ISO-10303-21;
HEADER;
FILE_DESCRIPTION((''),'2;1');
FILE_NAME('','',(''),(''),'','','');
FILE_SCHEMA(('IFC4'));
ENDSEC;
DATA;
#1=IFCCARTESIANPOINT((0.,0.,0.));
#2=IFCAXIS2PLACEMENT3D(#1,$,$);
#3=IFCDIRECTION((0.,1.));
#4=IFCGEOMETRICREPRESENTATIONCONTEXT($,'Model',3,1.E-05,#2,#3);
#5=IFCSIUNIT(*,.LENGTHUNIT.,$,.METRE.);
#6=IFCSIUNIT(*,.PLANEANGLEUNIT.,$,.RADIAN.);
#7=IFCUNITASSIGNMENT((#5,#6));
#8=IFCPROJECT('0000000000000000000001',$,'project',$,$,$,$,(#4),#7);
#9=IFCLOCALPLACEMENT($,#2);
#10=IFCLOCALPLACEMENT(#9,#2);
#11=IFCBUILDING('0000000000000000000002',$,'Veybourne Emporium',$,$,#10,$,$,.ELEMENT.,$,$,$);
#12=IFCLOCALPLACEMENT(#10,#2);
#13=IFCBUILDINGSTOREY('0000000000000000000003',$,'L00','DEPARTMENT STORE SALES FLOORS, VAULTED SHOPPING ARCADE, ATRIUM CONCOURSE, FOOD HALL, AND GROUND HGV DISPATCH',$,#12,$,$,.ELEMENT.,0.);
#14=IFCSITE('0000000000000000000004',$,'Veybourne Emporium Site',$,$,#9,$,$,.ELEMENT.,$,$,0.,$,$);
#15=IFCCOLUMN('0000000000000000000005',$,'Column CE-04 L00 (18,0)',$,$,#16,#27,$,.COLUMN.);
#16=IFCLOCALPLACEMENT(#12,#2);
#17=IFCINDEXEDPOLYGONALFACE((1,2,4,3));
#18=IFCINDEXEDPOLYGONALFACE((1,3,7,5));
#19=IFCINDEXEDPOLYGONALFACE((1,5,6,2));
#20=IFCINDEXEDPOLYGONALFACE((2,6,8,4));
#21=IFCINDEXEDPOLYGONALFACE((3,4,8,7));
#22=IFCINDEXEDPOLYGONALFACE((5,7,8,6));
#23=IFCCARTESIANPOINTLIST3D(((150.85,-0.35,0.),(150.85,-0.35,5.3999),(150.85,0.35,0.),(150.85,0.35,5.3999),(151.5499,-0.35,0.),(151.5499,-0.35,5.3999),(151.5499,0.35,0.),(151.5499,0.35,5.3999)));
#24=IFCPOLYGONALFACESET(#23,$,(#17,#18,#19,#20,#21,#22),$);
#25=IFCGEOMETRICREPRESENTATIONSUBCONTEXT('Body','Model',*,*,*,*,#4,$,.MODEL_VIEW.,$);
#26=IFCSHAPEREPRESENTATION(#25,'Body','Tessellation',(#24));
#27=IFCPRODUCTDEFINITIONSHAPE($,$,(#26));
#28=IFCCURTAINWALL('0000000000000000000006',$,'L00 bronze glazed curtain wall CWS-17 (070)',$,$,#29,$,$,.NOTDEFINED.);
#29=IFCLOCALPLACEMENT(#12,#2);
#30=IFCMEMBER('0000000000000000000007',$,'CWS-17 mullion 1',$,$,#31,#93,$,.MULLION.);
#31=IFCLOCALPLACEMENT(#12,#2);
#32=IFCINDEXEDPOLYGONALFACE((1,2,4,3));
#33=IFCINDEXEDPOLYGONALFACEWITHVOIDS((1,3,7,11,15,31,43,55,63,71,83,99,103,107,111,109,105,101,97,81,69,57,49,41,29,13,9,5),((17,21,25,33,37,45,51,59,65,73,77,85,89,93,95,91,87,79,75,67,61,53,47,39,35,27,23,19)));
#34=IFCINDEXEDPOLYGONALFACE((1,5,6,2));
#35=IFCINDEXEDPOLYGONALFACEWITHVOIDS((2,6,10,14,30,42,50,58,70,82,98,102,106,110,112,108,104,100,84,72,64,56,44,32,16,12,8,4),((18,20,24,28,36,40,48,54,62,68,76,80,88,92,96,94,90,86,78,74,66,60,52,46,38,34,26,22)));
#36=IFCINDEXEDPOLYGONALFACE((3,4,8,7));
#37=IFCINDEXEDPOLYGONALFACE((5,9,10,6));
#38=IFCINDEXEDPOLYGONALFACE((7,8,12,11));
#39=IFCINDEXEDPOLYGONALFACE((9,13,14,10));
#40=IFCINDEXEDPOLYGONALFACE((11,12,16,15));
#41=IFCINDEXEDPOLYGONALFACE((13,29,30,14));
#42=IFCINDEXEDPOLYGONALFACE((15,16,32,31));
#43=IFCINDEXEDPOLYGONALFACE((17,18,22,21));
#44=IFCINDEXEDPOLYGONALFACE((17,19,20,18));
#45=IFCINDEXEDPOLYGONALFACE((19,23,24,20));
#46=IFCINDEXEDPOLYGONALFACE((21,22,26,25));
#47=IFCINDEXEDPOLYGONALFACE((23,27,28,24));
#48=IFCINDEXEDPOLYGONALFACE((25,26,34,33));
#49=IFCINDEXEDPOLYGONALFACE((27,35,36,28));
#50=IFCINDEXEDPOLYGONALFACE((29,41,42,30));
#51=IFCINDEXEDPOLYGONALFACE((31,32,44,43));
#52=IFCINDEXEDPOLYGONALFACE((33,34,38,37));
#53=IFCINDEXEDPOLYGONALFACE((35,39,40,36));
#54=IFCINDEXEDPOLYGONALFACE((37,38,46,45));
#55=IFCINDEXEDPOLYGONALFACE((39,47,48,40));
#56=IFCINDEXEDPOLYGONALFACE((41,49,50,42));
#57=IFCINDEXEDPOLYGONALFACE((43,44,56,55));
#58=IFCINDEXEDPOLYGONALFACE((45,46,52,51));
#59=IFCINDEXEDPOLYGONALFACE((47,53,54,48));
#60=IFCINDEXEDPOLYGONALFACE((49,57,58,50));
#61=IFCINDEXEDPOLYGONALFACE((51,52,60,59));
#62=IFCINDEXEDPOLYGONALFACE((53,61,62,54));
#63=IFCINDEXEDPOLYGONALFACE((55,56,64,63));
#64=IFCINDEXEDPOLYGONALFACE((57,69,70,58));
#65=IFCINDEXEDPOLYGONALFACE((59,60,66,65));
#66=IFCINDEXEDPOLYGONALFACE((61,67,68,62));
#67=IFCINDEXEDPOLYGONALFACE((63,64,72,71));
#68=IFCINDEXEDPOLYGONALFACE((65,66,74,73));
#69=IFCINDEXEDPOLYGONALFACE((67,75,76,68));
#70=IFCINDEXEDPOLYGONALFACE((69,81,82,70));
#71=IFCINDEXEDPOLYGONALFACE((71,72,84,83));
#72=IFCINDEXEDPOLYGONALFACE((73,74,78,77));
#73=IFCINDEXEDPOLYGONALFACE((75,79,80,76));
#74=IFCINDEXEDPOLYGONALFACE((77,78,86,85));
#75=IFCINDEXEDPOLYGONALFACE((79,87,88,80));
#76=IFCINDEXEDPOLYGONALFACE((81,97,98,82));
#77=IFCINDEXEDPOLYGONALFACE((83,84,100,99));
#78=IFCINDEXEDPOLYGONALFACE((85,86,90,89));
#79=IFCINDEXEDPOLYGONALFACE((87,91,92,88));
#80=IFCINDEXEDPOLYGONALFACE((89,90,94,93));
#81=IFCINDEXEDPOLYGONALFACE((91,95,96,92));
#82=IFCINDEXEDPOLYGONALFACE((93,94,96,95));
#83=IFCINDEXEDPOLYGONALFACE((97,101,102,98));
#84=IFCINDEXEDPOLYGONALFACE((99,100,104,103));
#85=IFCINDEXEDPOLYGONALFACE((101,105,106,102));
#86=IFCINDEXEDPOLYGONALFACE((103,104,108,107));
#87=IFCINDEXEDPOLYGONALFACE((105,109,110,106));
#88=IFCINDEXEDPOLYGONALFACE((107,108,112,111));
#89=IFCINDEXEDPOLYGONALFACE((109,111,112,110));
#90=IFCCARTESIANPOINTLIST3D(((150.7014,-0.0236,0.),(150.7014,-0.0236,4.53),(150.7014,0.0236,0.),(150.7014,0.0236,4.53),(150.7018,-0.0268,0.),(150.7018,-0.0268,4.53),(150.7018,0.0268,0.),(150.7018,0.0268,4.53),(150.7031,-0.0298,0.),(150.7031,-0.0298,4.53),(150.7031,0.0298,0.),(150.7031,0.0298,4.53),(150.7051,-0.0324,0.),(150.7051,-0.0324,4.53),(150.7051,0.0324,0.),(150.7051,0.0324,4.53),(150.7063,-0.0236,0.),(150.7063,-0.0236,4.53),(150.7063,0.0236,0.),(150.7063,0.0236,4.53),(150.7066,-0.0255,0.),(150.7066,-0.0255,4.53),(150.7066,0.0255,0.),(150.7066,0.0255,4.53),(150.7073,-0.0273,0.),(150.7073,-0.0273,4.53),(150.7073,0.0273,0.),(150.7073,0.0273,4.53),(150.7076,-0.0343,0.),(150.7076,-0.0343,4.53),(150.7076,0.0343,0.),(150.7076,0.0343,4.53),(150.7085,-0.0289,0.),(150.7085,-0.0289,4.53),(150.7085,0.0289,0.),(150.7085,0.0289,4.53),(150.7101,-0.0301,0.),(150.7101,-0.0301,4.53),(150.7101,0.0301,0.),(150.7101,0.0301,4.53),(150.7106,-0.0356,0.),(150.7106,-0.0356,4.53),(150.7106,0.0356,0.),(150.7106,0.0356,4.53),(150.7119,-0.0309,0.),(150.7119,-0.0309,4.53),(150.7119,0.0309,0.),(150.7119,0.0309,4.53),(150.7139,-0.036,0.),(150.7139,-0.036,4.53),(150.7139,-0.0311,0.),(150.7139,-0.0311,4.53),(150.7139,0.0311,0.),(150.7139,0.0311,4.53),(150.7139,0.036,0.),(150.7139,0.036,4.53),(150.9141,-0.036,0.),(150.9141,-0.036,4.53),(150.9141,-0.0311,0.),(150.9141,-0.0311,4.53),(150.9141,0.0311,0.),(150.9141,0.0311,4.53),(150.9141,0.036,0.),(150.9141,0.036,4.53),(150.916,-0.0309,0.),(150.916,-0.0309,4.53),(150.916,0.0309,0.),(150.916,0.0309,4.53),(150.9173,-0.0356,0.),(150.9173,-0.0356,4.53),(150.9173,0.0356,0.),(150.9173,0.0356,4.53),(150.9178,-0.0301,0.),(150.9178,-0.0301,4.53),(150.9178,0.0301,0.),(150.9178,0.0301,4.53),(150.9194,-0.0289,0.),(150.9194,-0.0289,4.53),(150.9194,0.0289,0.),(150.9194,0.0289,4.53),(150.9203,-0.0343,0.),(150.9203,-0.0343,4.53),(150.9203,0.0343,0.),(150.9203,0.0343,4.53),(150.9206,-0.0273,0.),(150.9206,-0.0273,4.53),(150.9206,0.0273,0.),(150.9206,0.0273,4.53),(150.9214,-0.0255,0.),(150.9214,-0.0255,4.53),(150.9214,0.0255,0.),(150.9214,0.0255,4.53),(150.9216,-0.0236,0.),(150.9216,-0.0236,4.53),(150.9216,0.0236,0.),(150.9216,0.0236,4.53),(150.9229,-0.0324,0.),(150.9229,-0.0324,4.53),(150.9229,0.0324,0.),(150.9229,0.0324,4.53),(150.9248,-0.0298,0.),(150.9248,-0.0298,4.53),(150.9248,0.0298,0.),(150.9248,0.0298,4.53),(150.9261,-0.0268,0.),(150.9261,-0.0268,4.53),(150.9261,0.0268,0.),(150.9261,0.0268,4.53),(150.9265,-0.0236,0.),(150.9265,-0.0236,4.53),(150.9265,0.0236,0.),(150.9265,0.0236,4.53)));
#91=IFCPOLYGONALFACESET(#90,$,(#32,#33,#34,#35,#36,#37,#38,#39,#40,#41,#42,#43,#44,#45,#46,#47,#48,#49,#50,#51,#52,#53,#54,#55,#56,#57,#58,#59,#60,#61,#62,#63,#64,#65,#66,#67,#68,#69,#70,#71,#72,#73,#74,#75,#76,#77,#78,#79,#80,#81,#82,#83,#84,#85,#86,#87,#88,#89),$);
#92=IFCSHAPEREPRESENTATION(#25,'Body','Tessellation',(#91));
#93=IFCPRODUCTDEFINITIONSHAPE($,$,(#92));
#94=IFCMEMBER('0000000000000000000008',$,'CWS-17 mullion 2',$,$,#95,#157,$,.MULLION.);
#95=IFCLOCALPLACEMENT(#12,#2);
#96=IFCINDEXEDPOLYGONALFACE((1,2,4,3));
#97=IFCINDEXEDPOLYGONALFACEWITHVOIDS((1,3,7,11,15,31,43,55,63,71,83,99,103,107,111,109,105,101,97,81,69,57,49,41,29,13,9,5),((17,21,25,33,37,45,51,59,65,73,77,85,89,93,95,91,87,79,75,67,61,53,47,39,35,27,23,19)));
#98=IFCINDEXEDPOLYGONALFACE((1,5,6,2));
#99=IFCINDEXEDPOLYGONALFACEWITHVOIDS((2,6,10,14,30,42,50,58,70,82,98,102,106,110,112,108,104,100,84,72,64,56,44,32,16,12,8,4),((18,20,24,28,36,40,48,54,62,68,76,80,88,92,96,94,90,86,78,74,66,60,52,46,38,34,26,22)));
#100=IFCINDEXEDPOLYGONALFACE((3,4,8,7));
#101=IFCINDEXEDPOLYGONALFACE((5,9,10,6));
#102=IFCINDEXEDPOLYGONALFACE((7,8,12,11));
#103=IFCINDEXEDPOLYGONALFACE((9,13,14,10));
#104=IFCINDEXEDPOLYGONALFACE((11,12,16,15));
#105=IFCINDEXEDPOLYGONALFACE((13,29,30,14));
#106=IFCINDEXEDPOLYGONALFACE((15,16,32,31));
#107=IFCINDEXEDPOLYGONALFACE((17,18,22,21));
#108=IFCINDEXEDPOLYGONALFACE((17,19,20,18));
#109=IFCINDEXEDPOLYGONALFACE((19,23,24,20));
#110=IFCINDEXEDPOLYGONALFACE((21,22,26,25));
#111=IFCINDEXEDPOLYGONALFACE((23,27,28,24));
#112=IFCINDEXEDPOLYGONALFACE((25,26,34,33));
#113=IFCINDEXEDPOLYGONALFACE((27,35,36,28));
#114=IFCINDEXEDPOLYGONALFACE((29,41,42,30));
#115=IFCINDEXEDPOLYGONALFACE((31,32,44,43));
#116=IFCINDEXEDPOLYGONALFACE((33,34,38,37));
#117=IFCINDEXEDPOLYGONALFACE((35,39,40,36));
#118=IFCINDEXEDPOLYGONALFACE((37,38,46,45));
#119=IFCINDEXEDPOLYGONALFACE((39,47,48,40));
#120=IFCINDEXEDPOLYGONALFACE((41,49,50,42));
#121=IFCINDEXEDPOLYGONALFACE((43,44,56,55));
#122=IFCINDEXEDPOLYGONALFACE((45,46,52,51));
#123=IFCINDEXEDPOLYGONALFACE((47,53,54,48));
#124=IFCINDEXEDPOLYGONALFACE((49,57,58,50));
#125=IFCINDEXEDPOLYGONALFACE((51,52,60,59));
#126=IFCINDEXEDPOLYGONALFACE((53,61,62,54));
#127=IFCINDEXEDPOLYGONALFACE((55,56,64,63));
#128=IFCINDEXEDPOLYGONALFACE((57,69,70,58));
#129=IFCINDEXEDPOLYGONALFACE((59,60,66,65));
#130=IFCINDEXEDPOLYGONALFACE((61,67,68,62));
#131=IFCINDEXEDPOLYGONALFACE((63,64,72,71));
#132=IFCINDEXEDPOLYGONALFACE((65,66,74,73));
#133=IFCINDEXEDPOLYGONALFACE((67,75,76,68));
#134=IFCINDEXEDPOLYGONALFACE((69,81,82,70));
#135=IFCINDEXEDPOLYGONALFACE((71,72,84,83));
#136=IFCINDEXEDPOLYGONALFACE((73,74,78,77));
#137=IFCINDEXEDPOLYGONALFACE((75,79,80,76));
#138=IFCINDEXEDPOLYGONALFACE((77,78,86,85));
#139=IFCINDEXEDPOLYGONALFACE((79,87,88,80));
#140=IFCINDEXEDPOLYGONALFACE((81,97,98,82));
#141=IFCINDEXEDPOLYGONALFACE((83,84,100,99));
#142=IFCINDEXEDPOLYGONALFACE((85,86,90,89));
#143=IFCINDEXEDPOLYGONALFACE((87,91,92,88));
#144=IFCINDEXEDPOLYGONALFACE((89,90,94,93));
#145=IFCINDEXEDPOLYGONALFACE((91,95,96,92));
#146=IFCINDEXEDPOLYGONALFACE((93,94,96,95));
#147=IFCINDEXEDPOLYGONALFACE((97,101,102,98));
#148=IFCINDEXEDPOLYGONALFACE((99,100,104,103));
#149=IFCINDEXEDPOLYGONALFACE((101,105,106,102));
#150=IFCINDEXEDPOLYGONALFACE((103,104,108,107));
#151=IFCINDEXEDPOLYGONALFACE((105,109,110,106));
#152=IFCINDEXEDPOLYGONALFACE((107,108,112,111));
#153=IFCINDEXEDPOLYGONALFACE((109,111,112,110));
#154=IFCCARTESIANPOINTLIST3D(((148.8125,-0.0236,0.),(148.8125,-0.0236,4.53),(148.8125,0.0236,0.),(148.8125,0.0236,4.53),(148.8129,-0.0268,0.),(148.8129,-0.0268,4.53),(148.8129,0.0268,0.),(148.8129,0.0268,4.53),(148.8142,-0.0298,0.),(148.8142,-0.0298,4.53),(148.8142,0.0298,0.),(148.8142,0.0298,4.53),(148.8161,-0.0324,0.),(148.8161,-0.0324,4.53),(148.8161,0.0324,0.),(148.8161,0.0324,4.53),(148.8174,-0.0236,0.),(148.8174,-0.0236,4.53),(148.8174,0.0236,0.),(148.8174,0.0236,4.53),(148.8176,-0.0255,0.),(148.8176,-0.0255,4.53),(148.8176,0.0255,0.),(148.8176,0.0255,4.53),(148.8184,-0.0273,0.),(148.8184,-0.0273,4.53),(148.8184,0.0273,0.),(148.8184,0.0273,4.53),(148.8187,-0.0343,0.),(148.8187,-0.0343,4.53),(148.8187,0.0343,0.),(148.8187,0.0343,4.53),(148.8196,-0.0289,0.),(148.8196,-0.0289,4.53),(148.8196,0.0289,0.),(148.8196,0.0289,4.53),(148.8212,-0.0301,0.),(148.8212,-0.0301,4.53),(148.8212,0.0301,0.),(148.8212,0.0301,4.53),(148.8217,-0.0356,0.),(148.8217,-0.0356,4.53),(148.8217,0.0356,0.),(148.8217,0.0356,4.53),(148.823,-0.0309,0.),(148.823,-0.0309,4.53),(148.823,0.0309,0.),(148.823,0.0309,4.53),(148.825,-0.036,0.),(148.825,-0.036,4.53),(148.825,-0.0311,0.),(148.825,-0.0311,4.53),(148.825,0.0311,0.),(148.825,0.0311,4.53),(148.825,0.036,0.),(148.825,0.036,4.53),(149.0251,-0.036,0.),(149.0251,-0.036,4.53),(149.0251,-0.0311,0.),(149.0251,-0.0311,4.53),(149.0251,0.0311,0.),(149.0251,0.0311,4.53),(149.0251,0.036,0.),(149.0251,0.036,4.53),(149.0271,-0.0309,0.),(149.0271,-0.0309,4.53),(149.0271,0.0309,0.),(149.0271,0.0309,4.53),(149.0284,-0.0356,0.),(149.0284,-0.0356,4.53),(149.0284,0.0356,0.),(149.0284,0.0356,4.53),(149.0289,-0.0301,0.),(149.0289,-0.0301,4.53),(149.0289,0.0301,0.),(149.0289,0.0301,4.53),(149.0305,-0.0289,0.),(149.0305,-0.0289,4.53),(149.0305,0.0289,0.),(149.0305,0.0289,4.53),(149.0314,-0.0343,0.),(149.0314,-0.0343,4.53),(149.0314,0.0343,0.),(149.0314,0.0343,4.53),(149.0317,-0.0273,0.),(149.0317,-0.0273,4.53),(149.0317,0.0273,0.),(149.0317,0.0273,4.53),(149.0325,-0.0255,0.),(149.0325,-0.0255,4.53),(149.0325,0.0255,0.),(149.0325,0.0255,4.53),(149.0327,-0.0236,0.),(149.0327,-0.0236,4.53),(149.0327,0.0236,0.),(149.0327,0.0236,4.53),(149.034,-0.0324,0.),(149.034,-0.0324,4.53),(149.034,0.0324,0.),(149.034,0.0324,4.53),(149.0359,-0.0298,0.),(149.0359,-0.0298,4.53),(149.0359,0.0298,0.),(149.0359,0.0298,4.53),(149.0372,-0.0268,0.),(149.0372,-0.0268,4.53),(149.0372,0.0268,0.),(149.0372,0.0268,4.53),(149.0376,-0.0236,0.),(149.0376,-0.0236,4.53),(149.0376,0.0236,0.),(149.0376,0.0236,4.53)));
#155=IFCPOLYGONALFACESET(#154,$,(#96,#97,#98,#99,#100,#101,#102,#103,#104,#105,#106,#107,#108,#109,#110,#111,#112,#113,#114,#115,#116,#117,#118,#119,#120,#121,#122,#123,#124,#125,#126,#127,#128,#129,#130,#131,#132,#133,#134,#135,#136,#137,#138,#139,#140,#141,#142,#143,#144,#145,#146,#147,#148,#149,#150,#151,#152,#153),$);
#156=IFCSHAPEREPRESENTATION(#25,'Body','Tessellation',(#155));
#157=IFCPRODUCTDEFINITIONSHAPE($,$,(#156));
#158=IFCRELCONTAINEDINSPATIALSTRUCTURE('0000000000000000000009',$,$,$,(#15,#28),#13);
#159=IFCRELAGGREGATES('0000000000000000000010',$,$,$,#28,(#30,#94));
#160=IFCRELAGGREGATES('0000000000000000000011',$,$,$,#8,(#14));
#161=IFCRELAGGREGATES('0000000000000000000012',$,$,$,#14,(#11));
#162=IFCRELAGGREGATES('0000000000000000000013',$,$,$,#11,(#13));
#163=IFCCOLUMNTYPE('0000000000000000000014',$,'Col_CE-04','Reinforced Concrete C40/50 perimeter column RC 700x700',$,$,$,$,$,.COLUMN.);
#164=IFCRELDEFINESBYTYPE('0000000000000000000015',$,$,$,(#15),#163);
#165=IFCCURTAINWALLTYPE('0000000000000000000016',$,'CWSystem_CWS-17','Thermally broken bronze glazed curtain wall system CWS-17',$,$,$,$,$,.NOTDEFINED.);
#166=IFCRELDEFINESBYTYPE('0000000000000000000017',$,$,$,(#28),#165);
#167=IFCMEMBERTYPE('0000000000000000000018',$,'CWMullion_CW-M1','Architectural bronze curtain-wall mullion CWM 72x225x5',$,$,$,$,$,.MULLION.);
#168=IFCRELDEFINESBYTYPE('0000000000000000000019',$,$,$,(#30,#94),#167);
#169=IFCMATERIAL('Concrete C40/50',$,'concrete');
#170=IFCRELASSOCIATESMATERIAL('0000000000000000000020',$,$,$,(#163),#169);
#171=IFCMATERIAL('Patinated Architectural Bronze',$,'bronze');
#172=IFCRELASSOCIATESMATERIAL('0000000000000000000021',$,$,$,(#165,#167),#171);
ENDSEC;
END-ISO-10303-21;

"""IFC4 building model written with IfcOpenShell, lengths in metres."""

from ifc_helpers import new_model, si_unit, direction, frame, origin, origin_2d, place, context, subcontext, project, spatial, rectangle, hollow_rectangle, extrude, material, material_profile, profile_set, type_object, element, aggregate, save


model = new_model("IFC4")

# Units and contexts
model_context = context("Model", 3, precision=1e-05, world=origin(), true_north=direction((0.0, 1.0)))
body_context = subcontext(model_context, "Body", "Model", "MODEL_VIEW")
ifc_project = project(units=[si_unit("LENGTHUNIT", "METRE"), si_unit("PLANEANGLEUNIT", "RADIAN")], contexts=[model_context])

# Site, building, storey
site_placement = place(None, origin())
site = spatial("IfcSite", under=ifc_project, at=site_placement, Name="Veybourne Emporium Site", CompositionType="ELEMENT", RefElevation=0.0)
building_placement = place(site_placement, origin())
building = spatial("IfcBuilding", under=site, at=building_placement, Name="Veybourne Emporium", CompositionType="ELEMENT")
storey_placement = place(building_placement, origin())
storey = spatial("IfcBuildingStorey", under=building, at=storey_placement, Name="L00", Description="DEPARTMENT STORE SALES FLOORS, VAULTED SHOPPING ARCADE, ATRIUM CONCOURSE, FOOD HALL, AND GROUND HGV DISPATCH", CompositionType="ELEMENT", Elevation=0.0)

# Column
ifc_material_1 = material(Name="Concrete C40/50", Category="concrete")
ifc_material_profile_1 = material_profile(ifc_material_1, rectangle(XDim=0.7, YDim=0.7, at=origin_2d()), Name="RC 700x700")
ifc_profile_set_1 = profile_set([ifc_material_profile_1], Name="Concrete C40/50")
column_type = type_object("IfcColumnType", Name="Col_CE-04", Description="Reinforced Concrete C40/50 perimeter column RC 700x700", PredefinedType="COLUMN", material=ifc_profile_set_1)
column_placement = place(storey_placement, frame((151.2, 0.0, 0.0), z_axis=(0.0, 0.0, 1.0), x_axis=(1.0, 0.0, 0.0)))
element("IfcColumn", 1, at=column_placement, inside=storey, type_object=column_type, Name="Column CE-04 L00 (18,0)", PredefinedType="COLUMN", context=body_context, shape_type="SweptSolid", body=[
    extrude(rectangle(XDim=0.7, YDim=0.7, at=origin_2d()), origin(), (0.0, 0.0, 1.0), 5.3999),
])

# Curtain wall, members
ifc_material_2 = material(Name="Patinated Architectural Bronze", Category="bronze")
curtain_wall_type_1 = type_object("IfcCurtainWallType", Name="CWSystem_CWS-17", Description="Thermally broken bronze glazed curtain wall system CWS-17", PredefinedType="NOTDEFINED", material=ifc_material_2)
curtain_wall_1_placement = place(storey_placement, origin())
curtain_wall_1 = element("IfcCurtainWall", 2, at=curtain_wall_1_placement, inside=storey, type_object=curtain_wall_type_1, Name="L00 bronze glazed curtain wall CWS-17 (070)", PredefinedType="NOTDEFINED")
ifc_material_profile_2 = material_profile(ifc_material_2, hollow_rectangle(XDim=0.072, YDim=0.2251, WallThickness=0.0049, InnerFilletRadius=0.0076, OuterFilletRadius=0.0125, at=origin_2d()), Name="CWM 72x225x5")
ifc_profile_set_2 = profile_set([ifc_material_profile_2], Name="Patinated Architectural Bronze")
member_type_1 = type_object("IfcMemberType", Name="CWMullion_CW-M1", Description="Architectural bronze curtain-wall mullion CWM 72x225x5", PredefinedType="MULLION", material=ifc_profile_set_2)
member_1_placement = place(storey_placement, frame((150.814, 0.0, 0.0), z_axis=(0.0, 0.0, 1.0), x_axis=(0.0, -1.0, 0.0)))
member_1 = element("IfcMember", 3, at=member_1_placement, type_object=member_type_1, Name="CWS-17 mullion 1", PredefinedType="MULLION", context=body_context, shape_type="SweptSolid", body=[
    extrude(hollow_rectangle(XDim=0.072, YDim=0.2251, WallThickness=0.0049, InnerFilletRadius=0.0076, OuterFilletRadius=0.0125, at=origin_2d()), origin(), (0.0, 0.0, 1.0), 4.53),
])
member_2_placement = place(storey_placement, frame((148.925, 0.0, 0.0), z_axis=(0.0, 0.0, 1.0), x_axis=(0.0, -1.0, 0.0)))
member_2 = element("IfcMember", 4, at=member_2_placement, type_object=member_type_1, Name="CWS-17 mullion 2", PredefinedType="MULLION", context=body_context, shape_type="SweptSolid", body=[
    extrude(hollow_rectangle(XDim=0.072, YDim=0.2251, WallThickness=0.0049, InnerFilletRadius=0.0076, OuterFilletRadius=0.0125, at=origin_2d()), origin(), (0.0, 0.0, 1.0), 4.53),
])

aggregate(curtain_wall_1, [member_1, member_2])

save(model, "model.ifc")
